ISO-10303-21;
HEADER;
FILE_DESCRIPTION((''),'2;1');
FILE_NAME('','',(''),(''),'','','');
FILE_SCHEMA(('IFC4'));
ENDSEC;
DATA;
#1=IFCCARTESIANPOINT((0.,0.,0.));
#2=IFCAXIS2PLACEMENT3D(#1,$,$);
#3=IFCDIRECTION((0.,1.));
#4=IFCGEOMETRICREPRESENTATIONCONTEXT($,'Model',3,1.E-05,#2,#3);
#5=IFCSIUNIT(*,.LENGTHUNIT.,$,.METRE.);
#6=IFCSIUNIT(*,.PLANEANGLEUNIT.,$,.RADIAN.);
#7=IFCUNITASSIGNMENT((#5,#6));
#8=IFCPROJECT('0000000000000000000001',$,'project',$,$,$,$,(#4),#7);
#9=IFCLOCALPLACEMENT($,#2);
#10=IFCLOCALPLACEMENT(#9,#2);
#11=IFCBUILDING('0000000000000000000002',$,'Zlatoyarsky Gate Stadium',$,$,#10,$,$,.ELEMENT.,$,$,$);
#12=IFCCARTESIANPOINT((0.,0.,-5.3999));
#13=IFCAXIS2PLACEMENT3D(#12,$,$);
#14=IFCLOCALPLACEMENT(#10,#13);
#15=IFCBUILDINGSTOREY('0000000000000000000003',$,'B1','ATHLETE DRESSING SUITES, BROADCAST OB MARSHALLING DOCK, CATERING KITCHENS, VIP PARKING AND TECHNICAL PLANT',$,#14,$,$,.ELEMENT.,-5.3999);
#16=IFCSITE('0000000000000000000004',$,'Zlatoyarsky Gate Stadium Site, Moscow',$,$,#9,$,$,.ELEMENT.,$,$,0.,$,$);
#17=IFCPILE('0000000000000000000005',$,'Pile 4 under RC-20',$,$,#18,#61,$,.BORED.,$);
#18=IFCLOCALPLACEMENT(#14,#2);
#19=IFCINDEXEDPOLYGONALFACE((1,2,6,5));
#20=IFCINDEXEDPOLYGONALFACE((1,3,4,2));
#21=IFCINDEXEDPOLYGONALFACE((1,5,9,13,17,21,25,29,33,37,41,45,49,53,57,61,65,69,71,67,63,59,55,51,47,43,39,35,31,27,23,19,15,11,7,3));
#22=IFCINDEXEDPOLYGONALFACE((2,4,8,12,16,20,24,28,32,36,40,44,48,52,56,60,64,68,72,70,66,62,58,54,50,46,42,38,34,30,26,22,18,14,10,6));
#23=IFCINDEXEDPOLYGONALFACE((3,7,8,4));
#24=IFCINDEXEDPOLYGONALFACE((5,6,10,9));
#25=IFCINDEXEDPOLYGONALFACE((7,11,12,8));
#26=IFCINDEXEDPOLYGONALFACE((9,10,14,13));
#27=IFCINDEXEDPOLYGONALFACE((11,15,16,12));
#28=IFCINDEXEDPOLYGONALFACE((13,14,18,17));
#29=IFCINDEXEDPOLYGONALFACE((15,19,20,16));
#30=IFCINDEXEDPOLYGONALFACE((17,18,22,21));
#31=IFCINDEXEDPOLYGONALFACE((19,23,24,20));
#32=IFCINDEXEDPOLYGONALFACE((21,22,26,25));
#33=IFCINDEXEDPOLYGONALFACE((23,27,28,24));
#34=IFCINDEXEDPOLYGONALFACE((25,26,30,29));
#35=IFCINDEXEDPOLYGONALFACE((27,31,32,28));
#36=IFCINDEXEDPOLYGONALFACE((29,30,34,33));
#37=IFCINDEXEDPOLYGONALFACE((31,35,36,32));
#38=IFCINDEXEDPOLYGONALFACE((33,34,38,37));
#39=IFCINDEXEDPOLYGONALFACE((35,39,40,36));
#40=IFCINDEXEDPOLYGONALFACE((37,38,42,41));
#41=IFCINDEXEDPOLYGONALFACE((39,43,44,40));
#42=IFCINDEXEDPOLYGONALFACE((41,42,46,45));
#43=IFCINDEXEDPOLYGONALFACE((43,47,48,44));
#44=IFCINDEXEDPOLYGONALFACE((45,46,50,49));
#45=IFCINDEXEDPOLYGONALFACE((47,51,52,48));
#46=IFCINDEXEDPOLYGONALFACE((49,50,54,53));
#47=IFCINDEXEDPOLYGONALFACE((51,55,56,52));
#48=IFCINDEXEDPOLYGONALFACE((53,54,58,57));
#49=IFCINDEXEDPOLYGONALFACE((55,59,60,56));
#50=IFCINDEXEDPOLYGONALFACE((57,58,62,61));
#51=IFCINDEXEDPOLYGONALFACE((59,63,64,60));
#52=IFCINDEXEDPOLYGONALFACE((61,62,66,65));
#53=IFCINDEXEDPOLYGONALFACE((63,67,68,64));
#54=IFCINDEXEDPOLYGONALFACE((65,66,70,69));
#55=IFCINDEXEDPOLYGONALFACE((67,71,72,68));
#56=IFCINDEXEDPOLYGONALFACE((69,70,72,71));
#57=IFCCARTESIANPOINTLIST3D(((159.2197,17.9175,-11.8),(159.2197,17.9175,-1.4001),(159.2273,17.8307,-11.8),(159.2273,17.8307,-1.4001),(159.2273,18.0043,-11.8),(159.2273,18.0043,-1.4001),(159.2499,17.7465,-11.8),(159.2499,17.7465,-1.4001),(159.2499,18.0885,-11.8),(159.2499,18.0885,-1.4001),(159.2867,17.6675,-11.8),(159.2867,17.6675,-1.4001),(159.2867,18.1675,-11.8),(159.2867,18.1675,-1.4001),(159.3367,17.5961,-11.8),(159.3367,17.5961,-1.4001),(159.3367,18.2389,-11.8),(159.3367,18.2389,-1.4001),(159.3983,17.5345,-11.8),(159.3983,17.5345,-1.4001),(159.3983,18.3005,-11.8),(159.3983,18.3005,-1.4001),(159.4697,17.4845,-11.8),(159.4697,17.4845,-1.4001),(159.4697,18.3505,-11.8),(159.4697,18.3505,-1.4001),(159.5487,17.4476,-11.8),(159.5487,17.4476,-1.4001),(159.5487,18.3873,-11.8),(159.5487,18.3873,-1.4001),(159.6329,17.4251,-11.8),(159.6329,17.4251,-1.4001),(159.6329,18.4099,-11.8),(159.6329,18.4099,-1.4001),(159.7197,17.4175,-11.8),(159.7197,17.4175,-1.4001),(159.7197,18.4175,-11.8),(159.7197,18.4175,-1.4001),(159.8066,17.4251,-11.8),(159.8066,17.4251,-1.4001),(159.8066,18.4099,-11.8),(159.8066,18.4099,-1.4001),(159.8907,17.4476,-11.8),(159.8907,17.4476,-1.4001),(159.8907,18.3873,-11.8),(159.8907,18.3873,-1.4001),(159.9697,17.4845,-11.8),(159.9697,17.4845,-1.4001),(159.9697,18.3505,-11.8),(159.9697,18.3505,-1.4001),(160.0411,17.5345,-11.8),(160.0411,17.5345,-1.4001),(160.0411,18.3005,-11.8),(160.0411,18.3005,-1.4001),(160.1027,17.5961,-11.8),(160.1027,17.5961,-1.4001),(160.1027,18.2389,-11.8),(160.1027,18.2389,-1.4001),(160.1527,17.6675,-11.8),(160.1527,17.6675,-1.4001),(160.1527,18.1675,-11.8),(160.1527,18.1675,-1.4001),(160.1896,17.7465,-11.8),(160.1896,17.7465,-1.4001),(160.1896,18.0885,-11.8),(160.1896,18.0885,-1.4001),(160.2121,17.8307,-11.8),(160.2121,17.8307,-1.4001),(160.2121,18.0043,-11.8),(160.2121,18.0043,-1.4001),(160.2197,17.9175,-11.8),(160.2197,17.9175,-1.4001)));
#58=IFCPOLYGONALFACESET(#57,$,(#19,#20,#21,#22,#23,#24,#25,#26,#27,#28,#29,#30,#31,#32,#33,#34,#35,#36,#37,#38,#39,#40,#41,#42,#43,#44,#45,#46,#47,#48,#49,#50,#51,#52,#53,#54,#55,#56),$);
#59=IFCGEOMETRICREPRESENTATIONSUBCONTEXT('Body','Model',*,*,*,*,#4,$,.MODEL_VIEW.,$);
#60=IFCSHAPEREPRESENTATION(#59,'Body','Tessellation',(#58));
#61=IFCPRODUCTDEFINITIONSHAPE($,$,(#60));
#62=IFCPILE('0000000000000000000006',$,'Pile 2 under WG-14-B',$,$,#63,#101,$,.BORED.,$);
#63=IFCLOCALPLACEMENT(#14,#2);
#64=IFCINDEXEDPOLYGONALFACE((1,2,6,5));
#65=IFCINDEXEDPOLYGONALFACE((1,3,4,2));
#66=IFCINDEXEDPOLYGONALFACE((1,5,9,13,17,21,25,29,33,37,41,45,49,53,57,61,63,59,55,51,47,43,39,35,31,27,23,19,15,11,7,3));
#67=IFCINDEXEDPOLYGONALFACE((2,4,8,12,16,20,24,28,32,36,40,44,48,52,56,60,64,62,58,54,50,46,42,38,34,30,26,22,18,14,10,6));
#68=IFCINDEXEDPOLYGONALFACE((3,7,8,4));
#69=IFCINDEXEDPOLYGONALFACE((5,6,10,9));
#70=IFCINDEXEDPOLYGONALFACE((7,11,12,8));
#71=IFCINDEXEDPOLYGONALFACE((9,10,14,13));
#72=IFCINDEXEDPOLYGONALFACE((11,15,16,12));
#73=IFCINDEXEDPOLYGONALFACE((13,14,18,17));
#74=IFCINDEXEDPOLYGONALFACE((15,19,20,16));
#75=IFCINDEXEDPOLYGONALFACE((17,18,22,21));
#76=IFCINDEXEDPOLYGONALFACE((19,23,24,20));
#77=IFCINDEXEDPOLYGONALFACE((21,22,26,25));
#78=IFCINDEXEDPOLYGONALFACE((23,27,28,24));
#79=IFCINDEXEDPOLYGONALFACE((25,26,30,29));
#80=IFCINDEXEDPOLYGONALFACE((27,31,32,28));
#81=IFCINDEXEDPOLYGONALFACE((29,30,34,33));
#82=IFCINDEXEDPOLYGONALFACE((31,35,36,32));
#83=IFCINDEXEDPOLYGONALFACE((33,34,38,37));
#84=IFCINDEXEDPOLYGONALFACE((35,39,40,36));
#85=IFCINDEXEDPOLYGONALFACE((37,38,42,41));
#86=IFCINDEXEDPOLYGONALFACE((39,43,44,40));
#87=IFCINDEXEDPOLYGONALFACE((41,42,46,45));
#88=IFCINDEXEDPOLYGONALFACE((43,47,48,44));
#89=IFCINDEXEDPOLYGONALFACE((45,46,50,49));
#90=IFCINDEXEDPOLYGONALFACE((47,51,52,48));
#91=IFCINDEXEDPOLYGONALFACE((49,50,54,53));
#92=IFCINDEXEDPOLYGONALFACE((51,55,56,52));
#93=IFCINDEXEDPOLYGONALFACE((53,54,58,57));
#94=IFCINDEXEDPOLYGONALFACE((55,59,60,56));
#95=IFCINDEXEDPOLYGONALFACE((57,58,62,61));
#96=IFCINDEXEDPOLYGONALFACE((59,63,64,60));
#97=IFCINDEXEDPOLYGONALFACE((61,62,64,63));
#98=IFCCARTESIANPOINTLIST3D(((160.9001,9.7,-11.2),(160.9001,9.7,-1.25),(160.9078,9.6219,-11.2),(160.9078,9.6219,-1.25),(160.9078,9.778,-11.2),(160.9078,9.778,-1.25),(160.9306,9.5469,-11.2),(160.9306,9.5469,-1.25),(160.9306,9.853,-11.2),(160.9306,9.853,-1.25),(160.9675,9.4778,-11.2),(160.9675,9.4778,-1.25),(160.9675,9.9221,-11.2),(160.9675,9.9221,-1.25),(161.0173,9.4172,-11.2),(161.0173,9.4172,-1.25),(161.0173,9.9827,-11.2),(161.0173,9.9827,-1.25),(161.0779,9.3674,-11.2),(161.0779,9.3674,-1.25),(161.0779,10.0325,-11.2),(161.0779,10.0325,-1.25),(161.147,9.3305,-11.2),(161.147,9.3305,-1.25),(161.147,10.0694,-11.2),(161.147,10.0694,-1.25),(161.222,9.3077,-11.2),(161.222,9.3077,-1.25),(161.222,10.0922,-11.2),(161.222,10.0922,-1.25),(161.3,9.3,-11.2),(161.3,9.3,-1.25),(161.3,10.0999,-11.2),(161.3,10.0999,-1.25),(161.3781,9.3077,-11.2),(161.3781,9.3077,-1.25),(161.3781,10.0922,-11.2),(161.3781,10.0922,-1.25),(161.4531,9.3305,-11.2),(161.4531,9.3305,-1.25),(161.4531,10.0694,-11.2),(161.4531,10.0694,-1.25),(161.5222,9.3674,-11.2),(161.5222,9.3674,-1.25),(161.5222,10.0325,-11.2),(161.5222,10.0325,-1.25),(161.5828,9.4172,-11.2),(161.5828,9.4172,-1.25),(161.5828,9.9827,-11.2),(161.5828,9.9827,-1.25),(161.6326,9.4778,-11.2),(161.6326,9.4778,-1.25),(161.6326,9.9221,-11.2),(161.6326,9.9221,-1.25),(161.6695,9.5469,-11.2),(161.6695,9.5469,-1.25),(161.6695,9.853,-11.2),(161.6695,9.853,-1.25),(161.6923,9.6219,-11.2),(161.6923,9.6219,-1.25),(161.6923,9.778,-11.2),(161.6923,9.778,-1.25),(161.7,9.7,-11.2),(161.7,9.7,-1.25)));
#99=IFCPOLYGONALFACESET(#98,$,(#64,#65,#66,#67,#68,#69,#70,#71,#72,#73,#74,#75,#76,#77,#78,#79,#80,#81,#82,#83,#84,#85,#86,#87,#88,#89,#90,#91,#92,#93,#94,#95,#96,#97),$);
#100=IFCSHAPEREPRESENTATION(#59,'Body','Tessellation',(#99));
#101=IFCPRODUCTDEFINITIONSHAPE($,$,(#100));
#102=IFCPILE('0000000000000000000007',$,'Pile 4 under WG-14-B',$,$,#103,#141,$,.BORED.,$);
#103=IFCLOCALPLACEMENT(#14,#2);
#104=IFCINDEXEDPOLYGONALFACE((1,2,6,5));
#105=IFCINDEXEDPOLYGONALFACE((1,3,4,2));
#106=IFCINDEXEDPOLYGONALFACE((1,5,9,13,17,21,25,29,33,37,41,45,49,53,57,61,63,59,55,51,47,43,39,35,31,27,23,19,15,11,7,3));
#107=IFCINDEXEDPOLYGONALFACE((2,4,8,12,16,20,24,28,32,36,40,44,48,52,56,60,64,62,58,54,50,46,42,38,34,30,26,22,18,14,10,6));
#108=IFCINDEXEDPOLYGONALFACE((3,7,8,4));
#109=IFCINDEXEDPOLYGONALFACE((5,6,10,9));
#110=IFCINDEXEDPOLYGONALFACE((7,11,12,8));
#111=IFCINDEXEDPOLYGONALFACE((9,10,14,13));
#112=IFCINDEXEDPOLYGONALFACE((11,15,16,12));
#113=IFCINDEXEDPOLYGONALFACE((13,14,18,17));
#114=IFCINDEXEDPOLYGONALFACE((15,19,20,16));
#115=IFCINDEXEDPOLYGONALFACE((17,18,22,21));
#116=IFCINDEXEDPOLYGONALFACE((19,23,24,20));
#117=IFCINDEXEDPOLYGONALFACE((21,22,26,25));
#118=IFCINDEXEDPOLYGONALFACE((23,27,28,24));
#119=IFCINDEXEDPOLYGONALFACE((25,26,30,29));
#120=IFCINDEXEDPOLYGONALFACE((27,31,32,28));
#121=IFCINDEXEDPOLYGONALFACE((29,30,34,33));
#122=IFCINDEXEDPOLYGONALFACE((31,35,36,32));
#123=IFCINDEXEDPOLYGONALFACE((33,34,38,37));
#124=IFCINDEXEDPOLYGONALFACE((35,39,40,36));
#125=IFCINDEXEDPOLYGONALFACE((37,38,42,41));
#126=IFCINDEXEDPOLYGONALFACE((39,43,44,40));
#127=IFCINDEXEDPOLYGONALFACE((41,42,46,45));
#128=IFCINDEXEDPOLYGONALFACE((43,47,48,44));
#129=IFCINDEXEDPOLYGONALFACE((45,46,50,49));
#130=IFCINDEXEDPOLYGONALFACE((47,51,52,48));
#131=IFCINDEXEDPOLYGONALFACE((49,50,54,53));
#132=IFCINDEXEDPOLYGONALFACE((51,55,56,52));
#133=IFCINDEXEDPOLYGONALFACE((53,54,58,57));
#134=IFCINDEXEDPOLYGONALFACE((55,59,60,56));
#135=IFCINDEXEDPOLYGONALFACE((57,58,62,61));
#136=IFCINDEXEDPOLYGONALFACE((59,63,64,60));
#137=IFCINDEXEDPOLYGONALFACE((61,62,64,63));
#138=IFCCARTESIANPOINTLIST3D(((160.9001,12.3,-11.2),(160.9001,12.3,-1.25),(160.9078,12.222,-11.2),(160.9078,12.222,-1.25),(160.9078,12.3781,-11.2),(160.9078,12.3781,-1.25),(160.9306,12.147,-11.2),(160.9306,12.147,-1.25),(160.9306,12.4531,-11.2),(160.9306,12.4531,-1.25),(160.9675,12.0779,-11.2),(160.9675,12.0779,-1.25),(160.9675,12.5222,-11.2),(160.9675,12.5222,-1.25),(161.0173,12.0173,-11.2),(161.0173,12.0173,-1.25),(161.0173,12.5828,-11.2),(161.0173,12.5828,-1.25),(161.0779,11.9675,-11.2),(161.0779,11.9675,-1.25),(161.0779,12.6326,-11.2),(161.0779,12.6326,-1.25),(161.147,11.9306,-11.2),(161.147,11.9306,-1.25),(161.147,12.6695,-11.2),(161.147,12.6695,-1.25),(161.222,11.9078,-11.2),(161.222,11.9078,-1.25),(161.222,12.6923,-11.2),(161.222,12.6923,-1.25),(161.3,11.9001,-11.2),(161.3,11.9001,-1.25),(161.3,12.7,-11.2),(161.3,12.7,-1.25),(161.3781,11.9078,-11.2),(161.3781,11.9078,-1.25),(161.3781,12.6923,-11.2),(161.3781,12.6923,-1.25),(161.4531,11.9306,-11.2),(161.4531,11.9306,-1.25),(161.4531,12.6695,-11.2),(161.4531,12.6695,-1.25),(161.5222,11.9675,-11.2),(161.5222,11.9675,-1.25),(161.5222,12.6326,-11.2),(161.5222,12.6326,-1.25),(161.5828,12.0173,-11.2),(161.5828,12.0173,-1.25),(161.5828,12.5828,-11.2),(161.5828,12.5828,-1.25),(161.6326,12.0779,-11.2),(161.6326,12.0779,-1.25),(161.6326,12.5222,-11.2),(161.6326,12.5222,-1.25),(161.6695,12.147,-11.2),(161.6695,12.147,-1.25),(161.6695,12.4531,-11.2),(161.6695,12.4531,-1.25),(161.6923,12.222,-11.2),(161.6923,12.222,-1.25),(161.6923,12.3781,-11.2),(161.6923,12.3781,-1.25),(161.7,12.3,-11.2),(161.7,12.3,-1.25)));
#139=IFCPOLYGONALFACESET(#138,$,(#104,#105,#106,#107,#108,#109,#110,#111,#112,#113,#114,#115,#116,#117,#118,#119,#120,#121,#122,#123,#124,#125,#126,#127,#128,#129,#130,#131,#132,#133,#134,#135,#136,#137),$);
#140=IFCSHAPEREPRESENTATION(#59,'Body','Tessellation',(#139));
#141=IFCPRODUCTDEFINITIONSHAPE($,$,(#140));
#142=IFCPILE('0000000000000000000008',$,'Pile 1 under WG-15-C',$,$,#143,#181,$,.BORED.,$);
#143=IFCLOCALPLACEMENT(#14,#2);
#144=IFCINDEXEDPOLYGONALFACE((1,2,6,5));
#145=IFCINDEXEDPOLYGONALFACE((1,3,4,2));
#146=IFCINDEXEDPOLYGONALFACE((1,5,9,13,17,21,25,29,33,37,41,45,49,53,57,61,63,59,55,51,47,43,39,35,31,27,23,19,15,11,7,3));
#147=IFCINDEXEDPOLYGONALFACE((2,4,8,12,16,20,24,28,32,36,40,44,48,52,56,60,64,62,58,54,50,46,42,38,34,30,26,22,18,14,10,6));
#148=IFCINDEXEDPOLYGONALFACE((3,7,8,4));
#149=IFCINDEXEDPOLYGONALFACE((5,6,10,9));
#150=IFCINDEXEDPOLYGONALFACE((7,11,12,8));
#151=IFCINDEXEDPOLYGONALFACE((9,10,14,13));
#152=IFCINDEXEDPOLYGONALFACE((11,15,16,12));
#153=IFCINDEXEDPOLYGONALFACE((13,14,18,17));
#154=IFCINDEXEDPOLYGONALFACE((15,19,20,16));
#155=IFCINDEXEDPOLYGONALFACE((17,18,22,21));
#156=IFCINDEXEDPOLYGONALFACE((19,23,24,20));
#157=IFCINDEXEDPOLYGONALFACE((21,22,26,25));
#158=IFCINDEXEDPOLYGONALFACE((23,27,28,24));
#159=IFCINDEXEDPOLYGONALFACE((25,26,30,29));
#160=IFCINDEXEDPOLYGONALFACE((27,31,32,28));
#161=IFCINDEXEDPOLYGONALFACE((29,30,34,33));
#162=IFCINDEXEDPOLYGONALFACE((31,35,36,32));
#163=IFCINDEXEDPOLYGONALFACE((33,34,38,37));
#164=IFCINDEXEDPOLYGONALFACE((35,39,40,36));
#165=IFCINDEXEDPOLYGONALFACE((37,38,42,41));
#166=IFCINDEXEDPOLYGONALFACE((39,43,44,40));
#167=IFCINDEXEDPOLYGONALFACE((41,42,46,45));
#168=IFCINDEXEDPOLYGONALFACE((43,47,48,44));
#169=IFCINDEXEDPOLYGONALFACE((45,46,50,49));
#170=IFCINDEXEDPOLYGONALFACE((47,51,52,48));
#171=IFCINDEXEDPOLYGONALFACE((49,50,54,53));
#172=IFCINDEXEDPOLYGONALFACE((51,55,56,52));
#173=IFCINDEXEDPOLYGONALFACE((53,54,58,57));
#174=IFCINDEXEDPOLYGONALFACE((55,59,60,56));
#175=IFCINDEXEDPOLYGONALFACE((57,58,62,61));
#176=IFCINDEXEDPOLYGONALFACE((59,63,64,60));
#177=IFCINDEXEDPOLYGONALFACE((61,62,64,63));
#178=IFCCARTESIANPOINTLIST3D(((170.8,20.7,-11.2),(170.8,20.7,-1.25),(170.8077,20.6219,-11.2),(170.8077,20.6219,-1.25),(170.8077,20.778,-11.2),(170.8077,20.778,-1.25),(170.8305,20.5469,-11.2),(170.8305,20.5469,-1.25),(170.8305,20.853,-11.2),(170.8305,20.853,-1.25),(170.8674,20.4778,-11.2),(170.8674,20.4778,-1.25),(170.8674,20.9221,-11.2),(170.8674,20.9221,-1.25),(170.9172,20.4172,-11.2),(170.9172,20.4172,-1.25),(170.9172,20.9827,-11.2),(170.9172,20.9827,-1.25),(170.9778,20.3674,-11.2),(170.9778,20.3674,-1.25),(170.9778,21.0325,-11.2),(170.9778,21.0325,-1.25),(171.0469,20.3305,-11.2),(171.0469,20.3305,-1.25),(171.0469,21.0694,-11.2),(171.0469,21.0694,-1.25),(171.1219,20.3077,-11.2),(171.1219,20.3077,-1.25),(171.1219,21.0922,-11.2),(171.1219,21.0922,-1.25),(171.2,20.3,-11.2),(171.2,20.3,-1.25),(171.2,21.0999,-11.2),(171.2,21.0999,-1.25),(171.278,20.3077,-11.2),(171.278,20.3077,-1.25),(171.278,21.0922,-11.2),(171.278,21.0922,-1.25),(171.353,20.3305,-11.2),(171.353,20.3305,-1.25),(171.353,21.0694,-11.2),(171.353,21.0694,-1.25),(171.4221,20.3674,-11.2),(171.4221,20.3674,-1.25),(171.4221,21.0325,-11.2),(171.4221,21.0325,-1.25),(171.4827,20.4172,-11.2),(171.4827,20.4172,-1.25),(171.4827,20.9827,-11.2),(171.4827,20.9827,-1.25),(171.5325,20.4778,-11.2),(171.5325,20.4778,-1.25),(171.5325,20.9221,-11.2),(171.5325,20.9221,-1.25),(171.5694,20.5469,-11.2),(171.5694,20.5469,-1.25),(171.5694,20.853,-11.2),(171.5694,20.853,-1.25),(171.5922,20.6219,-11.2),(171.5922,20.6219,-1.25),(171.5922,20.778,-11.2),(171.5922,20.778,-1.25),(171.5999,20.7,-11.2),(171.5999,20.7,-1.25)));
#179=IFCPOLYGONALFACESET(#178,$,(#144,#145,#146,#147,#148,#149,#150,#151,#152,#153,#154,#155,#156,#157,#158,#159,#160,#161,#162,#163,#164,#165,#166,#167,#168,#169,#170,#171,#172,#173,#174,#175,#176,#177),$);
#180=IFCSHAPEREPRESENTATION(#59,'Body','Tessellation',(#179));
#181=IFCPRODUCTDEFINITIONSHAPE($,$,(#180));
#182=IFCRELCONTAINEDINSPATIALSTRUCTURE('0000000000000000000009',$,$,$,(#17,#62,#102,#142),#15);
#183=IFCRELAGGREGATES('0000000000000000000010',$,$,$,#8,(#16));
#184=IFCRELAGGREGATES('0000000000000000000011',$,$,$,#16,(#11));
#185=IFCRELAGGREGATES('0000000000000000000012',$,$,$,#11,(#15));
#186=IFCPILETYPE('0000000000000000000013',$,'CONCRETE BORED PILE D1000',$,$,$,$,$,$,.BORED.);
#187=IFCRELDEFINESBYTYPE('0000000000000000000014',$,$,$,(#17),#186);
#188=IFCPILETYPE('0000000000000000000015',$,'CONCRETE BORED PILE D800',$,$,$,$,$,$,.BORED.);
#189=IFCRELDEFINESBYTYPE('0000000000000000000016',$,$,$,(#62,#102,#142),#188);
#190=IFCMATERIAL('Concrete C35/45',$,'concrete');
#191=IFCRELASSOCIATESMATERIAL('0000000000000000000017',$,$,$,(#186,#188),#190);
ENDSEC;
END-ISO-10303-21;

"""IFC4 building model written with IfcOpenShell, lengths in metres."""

from ifc_helpers import new_model, si_unit, direction, frame, origin, origin_2d, place, context, subcontext, project, spatial, circle, extrude, material, material_profile, profile_set, type_object, element, save


model = new_model("IFC4")

# Units and contexts
model_context = context("Model", 3, precision=1e-05, world=origin(), true_north=direction((0.0, 1.0)))
body_context = subcontext(model_context, "Body", "Model", "MODEL_VIEW")
ifc_project = project(units=[si_unit("LENGTHUNIT", "METRE"), si_unit("PLANEANGLEUNIT", "RADIAN")], contexts=[model_context])

# Site, building, storey
site_placement = place(None, origin())
site = spatial("IfcSite", under=ifc_project, at=site_placement, Name="Zlatoyarsky Gate Stadium Site, Moscow", CompositionType="ELEMENT", RefElevation=0.0)
building_placement = place(site_placement, origin())
building = spatial("IfcBuilding", under=site, at=building_placement, Name="Zlatoyarsky Gate Stadium", CompositionType="ELEMENT")
storey_placement = place(building_placement, frame((0.0, 0.0, -5.3999)))
storey = spatial("IfcBuildingStorey", under=building, at=storey_placement, Name="B1", Description="ATHLETE DRESSING SUITES, BROADCAST OB MARSHALLING DOCK, CATERING KITCHENS, VIP PARKING AND TECHNICAL PLANT", CompositionType="ELEMENT", Elevation=-5.3999)

# Piles
ifc_material_1 = material(Name="Concrete C35/45", Category="concrete")
ifc_material_profile_1 = material_profile(ifc_material_1, circle(Radius=0.5, at=origin_2d()), Name="BORED PILE D1000")
ifc_profile_set_1 = profile_set([ifc_material_profile_1], Name="Concrete C35/45")
pile_type_1 = type_object("IfcPileType", Name="CONCRETE BORED PILE D1000", PredefinedType="BORED", material=ifc_profile_set_1)
pile_placement = place(storey_placement, frame((159.7197, 17.9175, -1.4001), z_axis=(0.0, 0.0, -1.0), x_axis=(1.0, 0.0, 0.0)))
element("IfcPile", 1, at=pile_placement, inside=storey, type_object=pile_type_1, Name="Pile 4 under RC-20", PredefinedType="BORED", context=body_context, shape_type="SweptSolid", body=[
    extrude(circle(Radius=0.5, at=origin_2d()), origin(), (0.0, 0.0, 1.0), 10.3999),
])
ifc_material_profile_2 = material_profile(ifc_material_1, circle(Radius=0.3999, at=origin_2d()), Name="BORED PILE D800")
ifc_profile_set_2 = profile_set([ifc_material_profile_2], Name="Concrete C35/45")
pile_type_2 = type_object("IfcPileType", Name="CONCRETE BORED PILE D800", PredefinedType="BORED", material=ifc_profile_set_2)
for number, where, z_axis, x_axis, name in (
    (2, (161.3, 9.7, -1.25), (0.0, 0.0, -1.0), (1.0, 0.0, 0.0), "Pile 2 under WG-14-B"),
    (3, (161.3, 12.3, -1.25), (0.0, 0.0, -1.0), (1.0, 0.0, 0.0), "Pile 4 under WG-14-B"),
    (4, (171.2, 20.7, -1.25), (0.0, 0.0, -1.0), (1.0, 0.0, 0.0), "Pile 1 under WG-15-C"),
):
    element("IfcPile", number, at=place(storey_placement, frame(where, z_axis=z_axis, x_axis=x_axis)), inside=storey, type_object=pile_type_2, Name=name, PredefinedType="BORED", context=body_context, shape_type="SweptSolid", body=[
        extrude(circle(Radius=0.3999, at=origin_2d()), origin(), (0.0, 0.0, 1.0), 9.95),
    ])

save(model, "model.ifc")
